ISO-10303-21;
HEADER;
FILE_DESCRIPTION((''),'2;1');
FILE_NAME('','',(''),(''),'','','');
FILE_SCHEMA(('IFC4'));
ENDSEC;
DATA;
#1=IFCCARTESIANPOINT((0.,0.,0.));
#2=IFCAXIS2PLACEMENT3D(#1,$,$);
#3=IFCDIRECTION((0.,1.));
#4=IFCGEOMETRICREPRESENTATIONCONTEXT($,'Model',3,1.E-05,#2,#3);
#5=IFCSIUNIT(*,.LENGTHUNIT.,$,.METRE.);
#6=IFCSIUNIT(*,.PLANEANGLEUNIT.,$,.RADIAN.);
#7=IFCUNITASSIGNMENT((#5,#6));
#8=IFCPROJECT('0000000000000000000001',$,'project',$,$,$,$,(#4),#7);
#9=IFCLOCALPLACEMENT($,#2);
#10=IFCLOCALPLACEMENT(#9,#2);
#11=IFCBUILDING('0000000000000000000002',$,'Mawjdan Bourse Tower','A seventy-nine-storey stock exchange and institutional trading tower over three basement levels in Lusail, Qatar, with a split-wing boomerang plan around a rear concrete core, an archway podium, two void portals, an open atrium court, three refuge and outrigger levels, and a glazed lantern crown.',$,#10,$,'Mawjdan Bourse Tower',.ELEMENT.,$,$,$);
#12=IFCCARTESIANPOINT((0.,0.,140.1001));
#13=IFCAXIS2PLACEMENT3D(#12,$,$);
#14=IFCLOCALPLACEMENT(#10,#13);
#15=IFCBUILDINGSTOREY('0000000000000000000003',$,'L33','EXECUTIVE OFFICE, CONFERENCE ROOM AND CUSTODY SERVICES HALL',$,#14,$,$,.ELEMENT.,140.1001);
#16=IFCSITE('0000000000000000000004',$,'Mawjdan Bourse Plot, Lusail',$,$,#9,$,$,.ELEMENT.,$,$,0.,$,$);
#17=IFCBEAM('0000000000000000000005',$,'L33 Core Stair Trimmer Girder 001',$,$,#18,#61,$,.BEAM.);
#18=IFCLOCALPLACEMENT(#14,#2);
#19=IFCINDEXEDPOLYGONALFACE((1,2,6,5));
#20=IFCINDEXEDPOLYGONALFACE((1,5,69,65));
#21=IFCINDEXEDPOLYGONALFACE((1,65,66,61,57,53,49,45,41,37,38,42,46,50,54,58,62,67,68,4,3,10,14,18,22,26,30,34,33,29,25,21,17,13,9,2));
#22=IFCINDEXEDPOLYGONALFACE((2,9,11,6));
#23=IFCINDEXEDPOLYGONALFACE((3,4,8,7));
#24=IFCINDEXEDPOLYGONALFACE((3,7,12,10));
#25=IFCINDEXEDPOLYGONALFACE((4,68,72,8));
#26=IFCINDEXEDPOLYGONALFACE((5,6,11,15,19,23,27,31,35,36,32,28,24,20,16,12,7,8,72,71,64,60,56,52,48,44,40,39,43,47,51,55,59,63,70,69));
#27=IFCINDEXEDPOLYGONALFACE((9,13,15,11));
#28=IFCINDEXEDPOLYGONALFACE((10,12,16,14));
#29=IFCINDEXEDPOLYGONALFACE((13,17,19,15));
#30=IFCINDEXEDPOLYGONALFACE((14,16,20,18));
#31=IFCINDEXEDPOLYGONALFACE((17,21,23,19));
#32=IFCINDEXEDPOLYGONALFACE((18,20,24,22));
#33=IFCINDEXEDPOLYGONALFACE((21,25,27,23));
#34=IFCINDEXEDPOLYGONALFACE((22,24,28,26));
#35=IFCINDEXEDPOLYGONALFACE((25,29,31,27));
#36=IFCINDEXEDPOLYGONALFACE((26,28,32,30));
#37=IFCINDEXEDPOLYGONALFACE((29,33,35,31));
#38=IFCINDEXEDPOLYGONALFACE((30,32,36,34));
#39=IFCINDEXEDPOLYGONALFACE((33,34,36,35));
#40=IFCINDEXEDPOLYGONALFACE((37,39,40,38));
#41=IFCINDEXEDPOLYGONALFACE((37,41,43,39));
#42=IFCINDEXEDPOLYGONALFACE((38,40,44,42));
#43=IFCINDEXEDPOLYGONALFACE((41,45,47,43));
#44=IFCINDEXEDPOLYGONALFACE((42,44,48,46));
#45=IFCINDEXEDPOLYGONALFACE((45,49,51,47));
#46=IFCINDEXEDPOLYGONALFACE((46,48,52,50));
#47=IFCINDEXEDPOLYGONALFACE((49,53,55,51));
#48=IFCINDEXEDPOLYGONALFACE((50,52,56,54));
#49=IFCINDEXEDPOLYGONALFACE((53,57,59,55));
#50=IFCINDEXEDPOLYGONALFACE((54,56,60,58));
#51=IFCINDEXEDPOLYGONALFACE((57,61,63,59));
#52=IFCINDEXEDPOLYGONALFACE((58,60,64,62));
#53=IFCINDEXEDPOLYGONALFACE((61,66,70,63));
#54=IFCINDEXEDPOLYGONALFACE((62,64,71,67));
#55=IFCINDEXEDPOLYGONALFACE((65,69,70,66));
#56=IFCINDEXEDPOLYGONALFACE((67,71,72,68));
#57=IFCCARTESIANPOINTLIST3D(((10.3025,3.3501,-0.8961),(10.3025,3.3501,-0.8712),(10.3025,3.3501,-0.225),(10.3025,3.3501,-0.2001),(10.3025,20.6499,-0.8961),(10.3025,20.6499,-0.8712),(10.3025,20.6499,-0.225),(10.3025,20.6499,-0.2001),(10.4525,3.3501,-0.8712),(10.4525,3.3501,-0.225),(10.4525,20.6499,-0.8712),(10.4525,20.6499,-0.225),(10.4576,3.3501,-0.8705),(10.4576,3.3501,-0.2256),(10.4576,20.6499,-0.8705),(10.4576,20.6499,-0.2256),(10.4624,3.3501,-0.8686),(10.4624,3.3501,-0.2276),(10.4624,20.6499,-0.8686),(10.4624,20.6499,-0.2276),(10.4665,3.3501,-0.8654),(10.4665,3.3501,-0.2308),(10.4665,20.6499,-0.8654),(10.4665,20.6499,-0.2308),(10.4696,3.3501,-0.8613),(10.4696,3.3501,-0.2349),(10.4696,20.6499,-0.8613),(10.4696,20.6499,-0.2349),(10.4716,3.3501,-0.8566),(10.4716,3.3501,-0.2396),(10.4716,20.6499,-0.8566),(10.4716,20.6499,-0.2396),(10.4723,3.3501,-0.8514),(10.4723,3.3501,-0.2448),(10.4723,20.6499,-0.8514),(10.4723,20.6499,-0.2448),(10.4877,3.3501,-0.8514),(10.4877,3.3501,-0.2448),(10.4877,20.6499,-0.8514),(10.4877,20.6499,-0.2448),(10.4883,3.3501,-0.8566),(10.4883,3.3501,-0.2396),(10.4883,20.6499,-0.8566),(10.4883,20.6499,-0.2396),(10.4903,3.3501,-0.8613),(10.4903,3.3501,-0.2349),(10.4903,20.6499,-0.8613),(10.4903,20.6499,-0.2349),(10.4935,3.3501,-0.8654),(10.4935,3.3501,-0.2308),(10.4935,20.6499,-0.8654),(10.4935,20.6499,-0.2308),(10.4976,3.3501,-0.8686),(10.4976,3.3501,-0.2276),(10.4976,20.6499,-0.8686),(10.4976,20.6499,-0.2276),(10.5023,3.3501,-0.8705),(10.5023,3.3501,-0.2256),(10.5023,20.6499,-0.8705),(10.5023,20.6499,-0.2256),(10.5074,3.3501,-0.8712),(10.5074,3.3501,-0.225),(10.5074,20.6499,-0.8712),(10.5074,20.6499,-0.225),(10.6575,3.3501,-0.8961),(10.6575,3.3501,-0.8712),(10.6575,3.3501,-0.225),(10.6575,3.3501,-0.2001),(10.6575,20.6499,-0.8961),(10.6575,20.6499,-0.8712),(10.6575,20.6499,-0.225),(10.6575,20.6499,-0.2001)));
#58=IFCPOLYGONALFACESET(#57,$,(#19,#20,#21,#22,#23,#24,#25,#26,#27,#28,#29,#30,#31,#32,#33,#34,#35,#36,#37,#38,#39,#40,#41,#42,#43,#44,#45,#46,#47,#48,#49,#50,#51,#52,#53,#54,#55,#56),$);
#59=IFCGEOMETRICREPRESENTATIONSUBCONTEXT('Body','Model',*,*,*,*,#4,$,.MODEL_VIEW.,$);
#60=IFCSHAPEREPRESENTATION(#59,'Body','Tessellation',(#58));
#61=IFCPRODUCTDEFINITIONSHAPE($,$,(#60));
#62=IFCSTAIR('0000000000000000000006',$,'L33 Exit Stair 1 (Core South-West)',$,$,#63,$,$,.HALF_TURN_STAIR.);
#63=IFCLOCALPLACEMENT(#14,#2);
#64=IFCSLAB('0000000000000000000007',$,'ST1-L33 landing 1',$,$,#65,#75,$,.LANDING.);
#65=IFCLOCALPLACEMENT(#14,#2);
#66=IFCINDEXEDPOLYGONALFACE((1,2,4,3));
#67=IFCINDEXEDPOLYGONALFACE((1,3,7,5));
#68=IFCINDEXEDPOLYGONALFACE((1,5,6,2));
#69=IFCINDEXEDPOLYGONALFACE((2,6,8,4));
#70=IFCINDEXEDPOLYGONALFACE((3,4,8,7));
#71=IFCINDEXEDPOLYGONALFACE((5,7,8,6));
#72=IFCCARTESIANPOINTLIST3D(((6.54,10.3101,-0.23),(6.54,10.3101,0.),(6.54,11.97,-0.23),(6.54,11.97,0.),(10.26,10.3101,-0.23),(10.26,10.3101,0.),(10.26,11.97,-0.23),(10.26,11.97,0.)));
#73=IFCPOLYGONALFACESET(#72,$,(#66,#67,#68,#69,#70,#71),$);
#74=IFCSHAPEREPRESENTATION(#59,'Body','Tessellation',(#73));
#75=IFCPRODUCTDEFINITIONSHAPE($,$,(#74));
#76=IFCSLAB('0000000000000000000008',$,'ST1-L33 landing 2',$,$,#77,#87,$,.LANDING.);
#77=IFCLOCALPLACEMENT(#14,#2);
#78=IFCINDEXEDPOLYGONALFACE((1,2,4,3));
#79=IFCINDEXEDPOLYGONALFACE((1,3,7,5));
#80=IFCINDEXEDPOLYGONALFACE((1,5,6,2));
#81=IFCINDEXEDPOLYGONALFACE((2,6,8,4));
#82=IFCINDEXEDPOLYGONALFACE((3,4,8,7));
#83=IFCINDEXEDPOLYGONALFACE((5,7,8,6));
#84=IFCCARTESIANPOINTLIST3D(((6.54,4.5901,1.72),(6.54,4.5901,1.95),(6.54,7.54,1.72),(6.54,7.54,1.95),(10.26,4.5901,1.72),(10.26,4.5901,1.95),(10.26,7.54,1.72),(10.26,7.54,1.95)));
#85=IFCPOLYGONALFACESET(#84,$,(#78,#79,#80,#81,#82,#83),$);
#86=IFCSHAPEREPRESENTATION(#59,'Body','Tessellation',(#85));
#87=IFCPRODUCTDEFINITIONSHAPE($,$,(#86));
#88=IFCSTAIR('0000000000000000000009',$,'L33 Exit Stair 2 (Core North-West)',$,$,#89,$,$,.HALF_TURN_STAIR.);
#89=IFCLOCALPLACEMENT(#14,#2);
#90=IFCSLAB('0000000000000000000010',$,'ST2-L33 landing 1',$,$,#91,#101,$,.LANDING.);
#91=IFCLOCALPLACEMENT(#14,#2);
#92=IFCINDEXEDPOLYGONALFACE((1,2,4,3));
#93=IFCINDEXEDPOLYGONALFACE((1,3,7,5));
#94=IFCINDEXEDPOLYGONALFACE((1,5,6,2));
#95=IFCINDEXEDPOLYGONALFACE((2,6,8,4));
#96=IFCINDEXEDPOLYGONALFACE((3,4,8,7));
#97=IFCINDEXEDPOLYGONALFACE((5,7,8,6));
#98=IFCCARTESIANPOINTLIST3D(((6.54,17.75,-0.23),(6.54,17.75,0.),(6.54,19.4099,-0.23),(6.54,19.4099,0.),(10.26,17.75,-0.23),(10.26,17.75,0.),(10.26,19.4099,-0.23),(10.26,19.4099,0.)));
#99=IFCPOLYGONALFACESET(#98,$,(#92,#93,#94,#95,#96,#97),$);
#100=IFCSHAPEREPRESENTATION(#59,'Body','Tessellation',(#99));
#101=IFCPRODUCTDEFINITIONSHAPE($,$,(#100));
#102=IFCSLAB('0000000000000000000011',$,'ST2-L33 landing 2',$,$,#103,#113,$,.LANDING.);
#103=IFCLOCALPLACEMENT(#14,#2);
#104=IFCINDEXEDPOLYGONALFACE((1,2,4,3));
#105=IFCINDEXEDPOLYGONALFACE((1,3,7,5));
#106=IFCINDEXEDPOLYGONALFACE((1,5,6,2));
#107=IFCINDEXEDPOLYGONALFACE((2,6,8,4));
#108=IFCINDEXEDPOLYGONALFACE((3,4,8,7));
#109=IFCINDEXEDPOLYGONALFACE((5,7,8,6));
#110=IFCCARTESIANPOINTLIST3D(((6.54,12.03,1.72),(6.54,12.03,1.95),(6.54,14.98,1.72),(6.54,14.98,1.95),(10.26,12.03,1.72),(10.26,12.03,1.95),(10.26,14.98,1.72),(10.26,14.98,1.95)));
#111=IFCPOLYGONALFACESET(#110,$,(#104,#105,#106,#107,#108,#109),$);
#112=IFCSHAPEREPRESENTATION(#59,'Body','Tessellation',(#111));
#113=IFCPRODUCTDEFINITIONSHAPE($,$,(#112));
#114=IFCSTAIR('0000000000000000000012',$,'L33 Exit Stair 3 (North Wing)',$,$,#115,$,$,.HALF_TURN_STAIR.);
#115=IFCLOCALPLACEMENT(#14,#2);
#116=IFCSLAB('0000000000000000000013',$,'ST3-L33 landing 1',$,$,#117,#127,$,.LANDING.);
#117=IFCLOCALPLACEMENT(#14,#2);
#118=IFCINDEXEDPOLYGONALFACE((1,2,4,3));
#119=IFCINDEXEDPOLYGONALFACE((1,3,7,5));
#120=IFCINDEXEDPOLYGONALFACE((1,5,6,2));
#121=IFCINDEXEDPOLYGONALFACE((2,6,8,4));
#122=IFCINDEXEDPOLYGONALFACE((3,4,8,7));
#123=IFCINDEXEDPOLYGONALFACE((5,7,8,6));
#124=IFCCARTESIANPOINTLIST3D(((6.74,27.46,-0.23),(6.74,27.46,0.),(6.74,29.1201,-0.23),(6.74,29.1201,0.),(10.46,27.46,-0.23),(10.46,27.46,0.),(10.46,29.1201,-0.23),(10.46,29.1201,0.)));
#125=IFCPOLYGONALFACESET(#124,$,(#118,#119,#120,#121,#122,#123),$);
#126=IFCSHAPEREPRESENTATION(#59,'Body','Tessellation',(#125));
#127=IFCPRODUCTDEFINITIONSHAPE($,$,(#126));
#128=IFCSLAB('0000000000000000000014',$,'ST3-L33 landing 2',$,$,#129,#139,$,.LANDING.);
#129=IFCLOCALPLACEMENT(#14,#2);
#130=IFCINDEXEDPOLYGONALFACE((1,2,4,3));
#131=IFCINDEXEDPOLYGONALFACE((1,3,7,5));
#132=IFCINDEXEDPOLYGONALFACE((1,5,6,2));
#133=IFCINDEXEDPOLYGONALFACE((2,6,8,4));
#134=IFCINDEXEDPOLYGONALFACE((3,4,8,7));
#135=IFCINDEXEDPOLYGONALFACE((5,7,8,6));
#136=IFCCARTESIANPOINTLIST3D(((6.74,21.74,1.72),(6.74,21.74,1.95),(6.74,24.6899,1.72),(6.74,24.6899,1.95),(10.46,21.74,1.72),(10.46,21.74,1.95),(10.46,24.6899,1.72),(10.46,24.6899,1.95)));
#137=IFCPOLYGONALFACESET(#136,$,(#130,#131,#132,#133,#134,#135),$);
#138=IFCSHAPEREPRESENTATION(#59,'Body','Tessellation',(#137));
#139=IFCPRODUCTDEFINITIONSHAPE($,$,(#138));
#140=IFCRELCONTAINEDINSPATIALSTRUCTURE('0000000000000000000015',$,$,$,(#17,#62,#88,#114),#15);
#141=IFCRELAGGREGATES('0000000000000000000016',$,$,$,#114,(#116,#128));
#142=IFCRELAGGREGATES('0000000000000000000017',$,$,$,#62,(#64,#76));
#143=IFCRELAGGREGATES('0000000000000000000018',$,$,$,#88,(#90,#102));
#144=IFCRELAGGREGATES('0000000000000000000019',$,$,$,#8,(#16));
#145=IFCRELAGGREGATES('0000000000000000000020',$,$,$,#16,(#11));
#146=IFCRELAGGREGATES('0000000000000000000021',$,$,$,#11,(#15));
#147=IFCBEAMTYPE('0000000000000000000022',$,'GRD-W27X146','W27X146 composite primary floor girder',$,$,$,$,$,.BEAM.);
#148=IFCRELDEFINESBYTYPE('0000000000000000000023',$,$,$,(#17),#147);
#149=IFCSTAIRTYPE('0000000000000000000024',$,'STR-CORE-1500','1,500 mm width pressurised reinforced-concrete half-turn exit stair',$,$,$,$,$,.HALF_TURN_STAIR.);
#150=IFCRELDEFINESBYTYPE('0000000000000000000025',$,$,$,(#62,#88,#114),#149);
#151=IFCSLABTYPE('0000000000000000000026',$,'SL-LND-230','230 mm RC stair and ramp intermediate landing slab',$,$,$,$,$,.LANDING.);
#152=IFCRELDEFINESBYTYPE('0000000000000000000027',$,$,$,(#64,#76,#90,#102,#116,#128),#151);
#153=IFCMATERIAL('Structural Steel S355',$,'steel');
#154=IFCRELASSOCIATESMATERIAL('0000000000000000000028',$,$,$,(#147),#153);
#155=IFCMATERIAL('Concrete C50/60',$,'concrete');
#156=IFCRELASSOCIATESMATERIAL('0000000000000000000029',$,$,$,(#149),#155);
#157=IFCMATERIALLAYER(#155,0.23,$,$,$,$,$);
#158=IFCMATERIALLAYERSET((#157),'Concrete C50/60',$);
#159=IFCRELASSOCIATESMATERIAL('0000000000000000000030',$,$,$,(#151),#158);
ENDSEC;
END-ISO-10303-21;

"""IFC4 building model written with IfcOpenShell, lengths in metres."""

from ifc_helpers import new_model, si_unit, direction, frame, origin, origin_2d, place, context, subcontext, project, spatial, polyline, i_section, outline, extrude, material, layer, layer_set, material_profile, profile_set, type_object, element, aggregate, save


model = new_model("IFC4")

# Units and contexts
model_context = context("Model", 3, precision=1e-05, world=origin(), true_north=direction((0.0, 1.0)))
body_context = subcontext(model_context, "Body", "Model", "MODEL_VIEW")
ifc_project = project(units=[si_unit("LENGTHUNIT", "METRE"), si_unit("PLANEANGLEUNIT", "RADIAN")], contexts=[model_context])

# Site, building, storey
site_placement = place(None, origin())
site = spatial("IfcSite", under=ifc_project, at=site_placement, Name="Mawjdan Bourse Plot, Lusail", CompositionType="ELEMENT", RefElevation=0.0)
building_placement = place(site_placement, origin())
building = spatial("IfcBuilding", under=site, at=building_placement, Name="Mawjdan Bourse Tower", Description="A seventy-nine-storey stock exchange and institutional trading tower over three basement levels in Lusail, Qatar, with a split-wing boomerang plan around a rear concrete core, an archway podium, two void portals, an open atrium court, three refuge and outrigger levels, and a glazed lantern crown.", LongName="Mawjdan Bourse Tower", CompositionType="ELEMENT")
storey_placement = place(building_placement, frame((0.0, 0.0, 140.1001)))
storey = spatial("IfcBuildingStorey", under=building, at=storey_placement, Name="L33", Description="EXECUTIVE OFFICE, CONFERENCE ROOM AND CUSTODY SERVICES HALL", CompositionType="ELEMENT", Elevation=140.1001)

# Beam
ifc_material_1 = material(Name="Structural Steel S355", Category="steel")
ifc_material_profile = material_profile(ifc_material_1, i_section(OverallWidth=0.355, OverallDepth=0.696, WebThickness=0.0154, FlangeThickness=0.0249, FilletRadius=0.0198, at=origin_2d()), Name="W27X146")
ifc_profile_set = profile_set([ifc_material_profile], Name="Structural Steel S355")
beam_type = type_object("IfcBeamType", Name="GRD-W27X146", Description="W27X146 composite primary floor girder", PredefinedType="BEAM", material=ifc_profile_set)
beam_placement = place(storey_placement, frame((10.48, 3.3501, -0.5481), z_axis=(0.0, 1.0, 0.0), x_axis=(-1.0, 0.0, 0.0)))
element("IfcBeam", 1, at=beam_placement, inside=storey, type_object=beam_type, Name="L33 Core Stair Trimmer Girder 001", PredefinedType="BEAM", context=body_context, shape_type="SweptSolid", body=[
    extrude(i_section(OverallWidth=0.355, OverallDepth=0.696, WebThickness=0.0154, FlangeThickness=0.0249, FilletRadius=0.0198, at=origin_2d()), origin(), (0.0, 0.0, 1.0), 17.2998),
])

# Stairs, slabs
ifc_material_2 = material(Name="Concrete C50/60", Category="concrete")
stair_type = type_object("IfcStairType", Name="STR-CORE-1500", Description="1,500 mm width pressurised reinforced-concrete half-turn exit stair", PredefinedType="HALF_TURN_STAIR", material=ifc_material_2)
stair_1_placement = place(storey_placement, origin())
stair_1 = element("IfcStair", 2, at=stair_1_placement, inside=storey, type_object=stair_type, Name="L33 Exit Stair 1 (Core South-West)", PredefinedType="HALF_TURN_STAIR")
ifc_layer_1 = layer(ifc_material_2, 0.23)
ifc_layer_set_1 = layer_set([ifc_layer_1], Name="Concrete C50/60")
slab_type_1 = type_object("IfcSlabType", Name="SL-LND-230", Description="230 mm RC stair and ramp intermediate landing slab", PredefinedType="LANDING", material=ifc_layer_set_1)
slab_1_placement = place(storey_placement, frame((0.0, 0.0, -0.23)))
slab_1 = element("IfcSlab", 3, at=slab_1_placement, type_object=slab_type_1, Name="ST1-L33 landing 1", PredefinedType="LANDING", context=body_context, shape_type="SweptSolid", body=[
    extrude(outline(polyline([(6.54, 10.3101), (10.26, 10.3101), (10.26, 11.97), (6.54, 11.97), (6.54, 10.3101)])), origin(), (0.0, 0.0, 1.0), 0.23),
])
slab_2_placement = place(storey_placement, frame((0.0, 0.0, 1.72)))
slab_2 = element("IfcSlab", 4, at=slab_2_placement, type_object=slab_type_1, Name="ST1-L33 landing 2", PredefinedType="LANDING", context=body_context, shape_type="SweptSolid", body=[
    extrude(outline(polyline([(6.54, 4.5901), (10.26, 4.5901), (10.26, 7.54), (6.54, 7.54), (6.54, 4.5901)])), origin(), (0.0, 0.0, 1.0), 0.23),
])
stair_2_placement = place(storey_placement, origin())
stair_2 = element("IfcStair", 5, at=stair_2_placement, inside=storey, type_object=stair_type, Name="L33 Exit Stair 2 (Core North-West)", PredefinedType="HALF_TURN_STAIR")
slab_3_placement = place(storey_placement, frame((0.0, 0.0, -0.23)))
slab_3 = element("IfcSlab", 6, at=slab_3_placement, type_object=slab_type_1, Name="ST2-L33 landing 1", PredefinedType="LANDING", context=body_context, shape_type="SweptSolid", body=[
    extrude(outline(polyline([(6.54, 17.75), (10.26, 17.75), (10.26, 19.4099), (6.54, 19.4099), (6.54, 17.75)])), origin(), (0.0, 0.0, 1.0), 0.23),
])
slab_4_placement = place(storey_placement, frame((0.0, 0.0, 1.72)))
slab_4 = element("IfcSlab", 7, at=slab_4_placement, type_object=slab_type_1, Name="ST2-L33 landing 2", PredefinedType="LANDING", context=body_context, shape_type="SweptSolid", body=[
    extrude(outline(polyline([(6.54, 12.03), (10.26, 12.03), (10.26, 14.98), (6.54, 14.98), (6.54, 12.03)])), origin(), (0.0, 0.0, 1.0), 0.23),
])
stair_3_placement = place(storey_placement, origin())
stair_3 = element("IfcStair", 8, at=stair_3_placement, inside=storey, type_object=stair_type, Name="L33 Exit Stair 3 (North Wing)", PredefinedType="HALF_TURN_STAIR")
slab_5_placement = place(storey_placement, frame((0.0, 0.0, -0.23)))
slab_5 = element("IfcSlab", 9, at=slab_5_placement, type_object=slab_type_1, Name="ST3-L33 landing 1", PredefinedType="LANDING", context=body_context, shape_type="SweptSolid", body=[
    extrude(outline(polyline([(6.74, 27.46), (10.46, 27.46), (10.46, 29.1201), (6.74, 29.1201), (6.74, 27.46)])), origin(), (0.0, 0.0, 1.0), 0.23),
])
slab_6_placement = place(storey_placement, frame((0.0, 0.0, 1.72)))
slab_6 = element("IfcSlab", 10, at=slab_6_placement, type_object=slab_type_1, Name="ST3-L33 landing 2", PredefinedType="LANDING", context=body_context, shape_type="SweptSolid", body=[
    extrude(outline(polyline([(6.74, 21.74), (10.46, 21.74), (10.46, 24.6899), (6.74, 24.6899), (6.74, 21.74)])), origin(), (0.0, 0.0, 1.0), 0.23),
])
aggregate(stair_3, [slab_5, slab_6])

aggregate(stair_1, [slab_1, slab_2])
aggregate(stair_2, [slab_3, slab_4])

save(model, "model.ifc")
